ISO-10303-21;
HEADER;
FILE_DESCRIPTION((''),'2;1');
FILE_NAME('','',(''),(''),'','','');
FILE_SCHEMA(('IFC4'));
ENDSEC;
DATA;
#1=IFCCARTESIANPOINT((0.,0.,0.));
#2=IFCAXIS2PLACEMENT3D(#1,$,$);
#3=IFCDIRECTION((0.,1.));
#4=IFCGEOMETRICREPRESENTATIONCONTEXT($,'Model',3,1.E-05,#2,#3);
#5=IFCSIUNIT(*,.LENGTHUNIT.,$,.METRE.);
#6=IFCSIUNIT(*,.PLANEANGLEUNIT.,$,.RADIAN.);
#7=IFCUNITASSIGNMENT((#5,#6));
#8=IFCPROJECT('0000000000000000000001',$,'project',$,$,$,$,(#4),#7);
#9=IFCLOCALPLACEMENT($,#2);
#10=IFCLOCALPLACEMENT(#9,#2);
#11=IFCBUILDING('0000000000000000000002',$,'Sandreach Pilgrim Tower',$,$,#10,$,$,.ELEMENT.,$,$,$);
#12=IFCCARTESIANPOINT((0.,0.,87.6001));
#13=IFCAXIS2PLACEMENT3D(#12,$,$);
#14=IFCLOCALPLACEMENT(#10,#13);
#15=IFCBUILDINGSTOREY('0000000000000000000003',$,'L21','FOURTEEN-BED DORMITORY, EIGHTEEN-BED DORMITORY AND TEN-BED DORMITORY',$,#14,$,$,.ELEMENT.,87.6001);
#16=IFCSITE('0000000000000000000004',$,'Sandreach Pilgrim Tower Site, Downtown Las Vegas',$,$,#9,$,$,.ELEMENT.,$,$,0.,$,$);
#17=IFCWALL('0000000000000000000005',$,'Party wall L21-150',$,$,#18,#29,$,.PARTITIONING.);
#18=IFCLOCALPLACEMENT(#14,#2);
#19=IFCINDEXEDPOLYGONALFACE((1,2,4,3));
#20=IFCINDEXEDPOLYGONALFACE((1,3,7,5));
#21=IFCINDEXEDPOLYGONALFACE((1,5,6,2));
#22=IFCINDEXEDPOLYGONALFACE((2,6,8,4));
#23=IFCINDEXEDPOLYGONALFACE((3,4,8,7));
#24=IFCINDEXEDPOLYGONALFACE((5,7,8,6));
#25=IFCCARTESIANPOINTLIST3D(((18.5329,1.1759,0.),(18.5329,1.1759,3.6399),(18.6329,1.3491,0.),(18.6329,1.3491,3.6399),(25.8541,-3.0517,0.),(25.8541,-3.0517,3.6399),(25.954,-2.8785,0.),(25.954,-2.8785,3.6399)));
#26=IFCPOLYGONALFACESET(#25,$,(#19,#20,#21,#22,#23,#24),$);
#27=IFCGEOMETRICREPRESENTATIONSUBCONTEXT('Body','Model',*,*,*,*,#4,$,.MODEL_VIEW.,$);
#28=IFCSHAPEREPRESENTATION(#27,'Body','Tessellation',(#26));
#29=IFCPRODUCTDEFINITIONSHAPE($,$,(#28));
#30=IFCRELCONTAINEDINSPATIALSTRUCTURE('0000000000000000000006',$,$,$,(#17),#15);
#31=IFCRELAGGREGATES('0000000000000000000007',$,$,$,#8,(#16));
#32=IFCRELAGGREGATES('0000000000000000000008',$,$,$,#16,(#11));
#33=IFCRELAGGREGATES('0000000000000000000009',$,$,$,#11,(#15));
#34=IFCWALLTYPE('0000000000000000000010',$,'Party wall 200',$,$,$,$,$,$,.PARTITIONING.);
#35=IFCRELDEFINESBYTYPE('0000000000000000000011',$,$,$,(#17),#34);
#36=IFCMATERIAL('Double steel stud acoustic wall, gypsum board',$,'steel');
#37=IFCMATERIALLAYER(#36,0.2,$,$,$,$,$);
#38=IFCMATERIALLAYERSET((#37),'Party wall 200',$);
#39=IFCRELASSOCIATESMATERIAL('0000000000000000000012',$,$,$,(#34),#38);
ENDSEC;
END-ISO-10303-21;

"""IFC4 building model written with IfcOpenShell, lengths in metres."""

from ifc_helpers import new_model, si_unit, direction, frame, frame_2d, origin, place, context, subcontext, project, spatial, rectangle, extrude, material, layer, layer_set, type_object, element, save


model = new_model("IFC4")

# Units and contexts
model_context = context("Model", 3, precision=1e-05, world=origin(), true_north=direction((0.0, 1.0)))
body_context = subcontext(model_context, "Body", "Model", "MODEL_VIEW")
ifc_project = project(units=[si_unit("LENGTHUNIT", "METRE"), si_unit("PLANEANGLEUNIT", "RADIAN")], contexts=[model_context])

# Site, building, storey
site_placement = place(None, origin())
site = spatial("IfcSite", under=ifc_project, at=site_placement, Name="Sandreach Pilgrim Tower Site, Downtown Las Vegas", CompositionType="ELEMENT", RefElevation=0.0)
building_placement = place(site_placement, origin())
building = spatial("IfcBuilding", under=site, at=building_placement, Name="Sandreach Pilgrim Tower", CompositionType="ELEMENT")
storey_placement = place(building_placement, frame((0.0, 0.0, 87.6001)))
storey = spatial("IfcBuildingStorey", under=building, at=storey_placement, Name="L21", Description="FOURTEEN-BED DORMITORY, EIGHTEEN-BED DORMITORY AND TEN-BED DORMITORY", CompositionType="ELEMENT", Elevation=87.6001)

# Wall
ifc_material_1 = material(Name="Double steel stud acoustic wall, gypsum board", Category="steel")
ifc_layer_1 = layer(ifc_material_1, 0.2)
ifc_layer_set_1 = layer_set([ifc_layer_1], Name="Party wall 200")
wall_type_1 = type_object("IfcWallType", Name="Party wall 200", PredefinedType="PARTITIONING", material=ifc_layer_set_1)
wall_1_placement = place(storey_placement, frame((25.9041, -2.9651, 0.0), z_axis=(0.0, 0.0, 1.0), x_axis=(-0.865988, 0.500065, 0.0)))
element("IfcWall", 1, at=wall_1_placement, inside=storey, type_object=wall_type_1, Name="Party wall L21-150", PredefinedType="PARTITIONING", context=body_context, shape_type="SweptSolid", body=[
    extrude(rectangle(XDim=8.4541, YDim=0.2, at=frame_2d((4.2271, 0.0))), origin(), (0.0, 0.0, 1.0), 3.6399),
])

save(model, "model.ifc")
